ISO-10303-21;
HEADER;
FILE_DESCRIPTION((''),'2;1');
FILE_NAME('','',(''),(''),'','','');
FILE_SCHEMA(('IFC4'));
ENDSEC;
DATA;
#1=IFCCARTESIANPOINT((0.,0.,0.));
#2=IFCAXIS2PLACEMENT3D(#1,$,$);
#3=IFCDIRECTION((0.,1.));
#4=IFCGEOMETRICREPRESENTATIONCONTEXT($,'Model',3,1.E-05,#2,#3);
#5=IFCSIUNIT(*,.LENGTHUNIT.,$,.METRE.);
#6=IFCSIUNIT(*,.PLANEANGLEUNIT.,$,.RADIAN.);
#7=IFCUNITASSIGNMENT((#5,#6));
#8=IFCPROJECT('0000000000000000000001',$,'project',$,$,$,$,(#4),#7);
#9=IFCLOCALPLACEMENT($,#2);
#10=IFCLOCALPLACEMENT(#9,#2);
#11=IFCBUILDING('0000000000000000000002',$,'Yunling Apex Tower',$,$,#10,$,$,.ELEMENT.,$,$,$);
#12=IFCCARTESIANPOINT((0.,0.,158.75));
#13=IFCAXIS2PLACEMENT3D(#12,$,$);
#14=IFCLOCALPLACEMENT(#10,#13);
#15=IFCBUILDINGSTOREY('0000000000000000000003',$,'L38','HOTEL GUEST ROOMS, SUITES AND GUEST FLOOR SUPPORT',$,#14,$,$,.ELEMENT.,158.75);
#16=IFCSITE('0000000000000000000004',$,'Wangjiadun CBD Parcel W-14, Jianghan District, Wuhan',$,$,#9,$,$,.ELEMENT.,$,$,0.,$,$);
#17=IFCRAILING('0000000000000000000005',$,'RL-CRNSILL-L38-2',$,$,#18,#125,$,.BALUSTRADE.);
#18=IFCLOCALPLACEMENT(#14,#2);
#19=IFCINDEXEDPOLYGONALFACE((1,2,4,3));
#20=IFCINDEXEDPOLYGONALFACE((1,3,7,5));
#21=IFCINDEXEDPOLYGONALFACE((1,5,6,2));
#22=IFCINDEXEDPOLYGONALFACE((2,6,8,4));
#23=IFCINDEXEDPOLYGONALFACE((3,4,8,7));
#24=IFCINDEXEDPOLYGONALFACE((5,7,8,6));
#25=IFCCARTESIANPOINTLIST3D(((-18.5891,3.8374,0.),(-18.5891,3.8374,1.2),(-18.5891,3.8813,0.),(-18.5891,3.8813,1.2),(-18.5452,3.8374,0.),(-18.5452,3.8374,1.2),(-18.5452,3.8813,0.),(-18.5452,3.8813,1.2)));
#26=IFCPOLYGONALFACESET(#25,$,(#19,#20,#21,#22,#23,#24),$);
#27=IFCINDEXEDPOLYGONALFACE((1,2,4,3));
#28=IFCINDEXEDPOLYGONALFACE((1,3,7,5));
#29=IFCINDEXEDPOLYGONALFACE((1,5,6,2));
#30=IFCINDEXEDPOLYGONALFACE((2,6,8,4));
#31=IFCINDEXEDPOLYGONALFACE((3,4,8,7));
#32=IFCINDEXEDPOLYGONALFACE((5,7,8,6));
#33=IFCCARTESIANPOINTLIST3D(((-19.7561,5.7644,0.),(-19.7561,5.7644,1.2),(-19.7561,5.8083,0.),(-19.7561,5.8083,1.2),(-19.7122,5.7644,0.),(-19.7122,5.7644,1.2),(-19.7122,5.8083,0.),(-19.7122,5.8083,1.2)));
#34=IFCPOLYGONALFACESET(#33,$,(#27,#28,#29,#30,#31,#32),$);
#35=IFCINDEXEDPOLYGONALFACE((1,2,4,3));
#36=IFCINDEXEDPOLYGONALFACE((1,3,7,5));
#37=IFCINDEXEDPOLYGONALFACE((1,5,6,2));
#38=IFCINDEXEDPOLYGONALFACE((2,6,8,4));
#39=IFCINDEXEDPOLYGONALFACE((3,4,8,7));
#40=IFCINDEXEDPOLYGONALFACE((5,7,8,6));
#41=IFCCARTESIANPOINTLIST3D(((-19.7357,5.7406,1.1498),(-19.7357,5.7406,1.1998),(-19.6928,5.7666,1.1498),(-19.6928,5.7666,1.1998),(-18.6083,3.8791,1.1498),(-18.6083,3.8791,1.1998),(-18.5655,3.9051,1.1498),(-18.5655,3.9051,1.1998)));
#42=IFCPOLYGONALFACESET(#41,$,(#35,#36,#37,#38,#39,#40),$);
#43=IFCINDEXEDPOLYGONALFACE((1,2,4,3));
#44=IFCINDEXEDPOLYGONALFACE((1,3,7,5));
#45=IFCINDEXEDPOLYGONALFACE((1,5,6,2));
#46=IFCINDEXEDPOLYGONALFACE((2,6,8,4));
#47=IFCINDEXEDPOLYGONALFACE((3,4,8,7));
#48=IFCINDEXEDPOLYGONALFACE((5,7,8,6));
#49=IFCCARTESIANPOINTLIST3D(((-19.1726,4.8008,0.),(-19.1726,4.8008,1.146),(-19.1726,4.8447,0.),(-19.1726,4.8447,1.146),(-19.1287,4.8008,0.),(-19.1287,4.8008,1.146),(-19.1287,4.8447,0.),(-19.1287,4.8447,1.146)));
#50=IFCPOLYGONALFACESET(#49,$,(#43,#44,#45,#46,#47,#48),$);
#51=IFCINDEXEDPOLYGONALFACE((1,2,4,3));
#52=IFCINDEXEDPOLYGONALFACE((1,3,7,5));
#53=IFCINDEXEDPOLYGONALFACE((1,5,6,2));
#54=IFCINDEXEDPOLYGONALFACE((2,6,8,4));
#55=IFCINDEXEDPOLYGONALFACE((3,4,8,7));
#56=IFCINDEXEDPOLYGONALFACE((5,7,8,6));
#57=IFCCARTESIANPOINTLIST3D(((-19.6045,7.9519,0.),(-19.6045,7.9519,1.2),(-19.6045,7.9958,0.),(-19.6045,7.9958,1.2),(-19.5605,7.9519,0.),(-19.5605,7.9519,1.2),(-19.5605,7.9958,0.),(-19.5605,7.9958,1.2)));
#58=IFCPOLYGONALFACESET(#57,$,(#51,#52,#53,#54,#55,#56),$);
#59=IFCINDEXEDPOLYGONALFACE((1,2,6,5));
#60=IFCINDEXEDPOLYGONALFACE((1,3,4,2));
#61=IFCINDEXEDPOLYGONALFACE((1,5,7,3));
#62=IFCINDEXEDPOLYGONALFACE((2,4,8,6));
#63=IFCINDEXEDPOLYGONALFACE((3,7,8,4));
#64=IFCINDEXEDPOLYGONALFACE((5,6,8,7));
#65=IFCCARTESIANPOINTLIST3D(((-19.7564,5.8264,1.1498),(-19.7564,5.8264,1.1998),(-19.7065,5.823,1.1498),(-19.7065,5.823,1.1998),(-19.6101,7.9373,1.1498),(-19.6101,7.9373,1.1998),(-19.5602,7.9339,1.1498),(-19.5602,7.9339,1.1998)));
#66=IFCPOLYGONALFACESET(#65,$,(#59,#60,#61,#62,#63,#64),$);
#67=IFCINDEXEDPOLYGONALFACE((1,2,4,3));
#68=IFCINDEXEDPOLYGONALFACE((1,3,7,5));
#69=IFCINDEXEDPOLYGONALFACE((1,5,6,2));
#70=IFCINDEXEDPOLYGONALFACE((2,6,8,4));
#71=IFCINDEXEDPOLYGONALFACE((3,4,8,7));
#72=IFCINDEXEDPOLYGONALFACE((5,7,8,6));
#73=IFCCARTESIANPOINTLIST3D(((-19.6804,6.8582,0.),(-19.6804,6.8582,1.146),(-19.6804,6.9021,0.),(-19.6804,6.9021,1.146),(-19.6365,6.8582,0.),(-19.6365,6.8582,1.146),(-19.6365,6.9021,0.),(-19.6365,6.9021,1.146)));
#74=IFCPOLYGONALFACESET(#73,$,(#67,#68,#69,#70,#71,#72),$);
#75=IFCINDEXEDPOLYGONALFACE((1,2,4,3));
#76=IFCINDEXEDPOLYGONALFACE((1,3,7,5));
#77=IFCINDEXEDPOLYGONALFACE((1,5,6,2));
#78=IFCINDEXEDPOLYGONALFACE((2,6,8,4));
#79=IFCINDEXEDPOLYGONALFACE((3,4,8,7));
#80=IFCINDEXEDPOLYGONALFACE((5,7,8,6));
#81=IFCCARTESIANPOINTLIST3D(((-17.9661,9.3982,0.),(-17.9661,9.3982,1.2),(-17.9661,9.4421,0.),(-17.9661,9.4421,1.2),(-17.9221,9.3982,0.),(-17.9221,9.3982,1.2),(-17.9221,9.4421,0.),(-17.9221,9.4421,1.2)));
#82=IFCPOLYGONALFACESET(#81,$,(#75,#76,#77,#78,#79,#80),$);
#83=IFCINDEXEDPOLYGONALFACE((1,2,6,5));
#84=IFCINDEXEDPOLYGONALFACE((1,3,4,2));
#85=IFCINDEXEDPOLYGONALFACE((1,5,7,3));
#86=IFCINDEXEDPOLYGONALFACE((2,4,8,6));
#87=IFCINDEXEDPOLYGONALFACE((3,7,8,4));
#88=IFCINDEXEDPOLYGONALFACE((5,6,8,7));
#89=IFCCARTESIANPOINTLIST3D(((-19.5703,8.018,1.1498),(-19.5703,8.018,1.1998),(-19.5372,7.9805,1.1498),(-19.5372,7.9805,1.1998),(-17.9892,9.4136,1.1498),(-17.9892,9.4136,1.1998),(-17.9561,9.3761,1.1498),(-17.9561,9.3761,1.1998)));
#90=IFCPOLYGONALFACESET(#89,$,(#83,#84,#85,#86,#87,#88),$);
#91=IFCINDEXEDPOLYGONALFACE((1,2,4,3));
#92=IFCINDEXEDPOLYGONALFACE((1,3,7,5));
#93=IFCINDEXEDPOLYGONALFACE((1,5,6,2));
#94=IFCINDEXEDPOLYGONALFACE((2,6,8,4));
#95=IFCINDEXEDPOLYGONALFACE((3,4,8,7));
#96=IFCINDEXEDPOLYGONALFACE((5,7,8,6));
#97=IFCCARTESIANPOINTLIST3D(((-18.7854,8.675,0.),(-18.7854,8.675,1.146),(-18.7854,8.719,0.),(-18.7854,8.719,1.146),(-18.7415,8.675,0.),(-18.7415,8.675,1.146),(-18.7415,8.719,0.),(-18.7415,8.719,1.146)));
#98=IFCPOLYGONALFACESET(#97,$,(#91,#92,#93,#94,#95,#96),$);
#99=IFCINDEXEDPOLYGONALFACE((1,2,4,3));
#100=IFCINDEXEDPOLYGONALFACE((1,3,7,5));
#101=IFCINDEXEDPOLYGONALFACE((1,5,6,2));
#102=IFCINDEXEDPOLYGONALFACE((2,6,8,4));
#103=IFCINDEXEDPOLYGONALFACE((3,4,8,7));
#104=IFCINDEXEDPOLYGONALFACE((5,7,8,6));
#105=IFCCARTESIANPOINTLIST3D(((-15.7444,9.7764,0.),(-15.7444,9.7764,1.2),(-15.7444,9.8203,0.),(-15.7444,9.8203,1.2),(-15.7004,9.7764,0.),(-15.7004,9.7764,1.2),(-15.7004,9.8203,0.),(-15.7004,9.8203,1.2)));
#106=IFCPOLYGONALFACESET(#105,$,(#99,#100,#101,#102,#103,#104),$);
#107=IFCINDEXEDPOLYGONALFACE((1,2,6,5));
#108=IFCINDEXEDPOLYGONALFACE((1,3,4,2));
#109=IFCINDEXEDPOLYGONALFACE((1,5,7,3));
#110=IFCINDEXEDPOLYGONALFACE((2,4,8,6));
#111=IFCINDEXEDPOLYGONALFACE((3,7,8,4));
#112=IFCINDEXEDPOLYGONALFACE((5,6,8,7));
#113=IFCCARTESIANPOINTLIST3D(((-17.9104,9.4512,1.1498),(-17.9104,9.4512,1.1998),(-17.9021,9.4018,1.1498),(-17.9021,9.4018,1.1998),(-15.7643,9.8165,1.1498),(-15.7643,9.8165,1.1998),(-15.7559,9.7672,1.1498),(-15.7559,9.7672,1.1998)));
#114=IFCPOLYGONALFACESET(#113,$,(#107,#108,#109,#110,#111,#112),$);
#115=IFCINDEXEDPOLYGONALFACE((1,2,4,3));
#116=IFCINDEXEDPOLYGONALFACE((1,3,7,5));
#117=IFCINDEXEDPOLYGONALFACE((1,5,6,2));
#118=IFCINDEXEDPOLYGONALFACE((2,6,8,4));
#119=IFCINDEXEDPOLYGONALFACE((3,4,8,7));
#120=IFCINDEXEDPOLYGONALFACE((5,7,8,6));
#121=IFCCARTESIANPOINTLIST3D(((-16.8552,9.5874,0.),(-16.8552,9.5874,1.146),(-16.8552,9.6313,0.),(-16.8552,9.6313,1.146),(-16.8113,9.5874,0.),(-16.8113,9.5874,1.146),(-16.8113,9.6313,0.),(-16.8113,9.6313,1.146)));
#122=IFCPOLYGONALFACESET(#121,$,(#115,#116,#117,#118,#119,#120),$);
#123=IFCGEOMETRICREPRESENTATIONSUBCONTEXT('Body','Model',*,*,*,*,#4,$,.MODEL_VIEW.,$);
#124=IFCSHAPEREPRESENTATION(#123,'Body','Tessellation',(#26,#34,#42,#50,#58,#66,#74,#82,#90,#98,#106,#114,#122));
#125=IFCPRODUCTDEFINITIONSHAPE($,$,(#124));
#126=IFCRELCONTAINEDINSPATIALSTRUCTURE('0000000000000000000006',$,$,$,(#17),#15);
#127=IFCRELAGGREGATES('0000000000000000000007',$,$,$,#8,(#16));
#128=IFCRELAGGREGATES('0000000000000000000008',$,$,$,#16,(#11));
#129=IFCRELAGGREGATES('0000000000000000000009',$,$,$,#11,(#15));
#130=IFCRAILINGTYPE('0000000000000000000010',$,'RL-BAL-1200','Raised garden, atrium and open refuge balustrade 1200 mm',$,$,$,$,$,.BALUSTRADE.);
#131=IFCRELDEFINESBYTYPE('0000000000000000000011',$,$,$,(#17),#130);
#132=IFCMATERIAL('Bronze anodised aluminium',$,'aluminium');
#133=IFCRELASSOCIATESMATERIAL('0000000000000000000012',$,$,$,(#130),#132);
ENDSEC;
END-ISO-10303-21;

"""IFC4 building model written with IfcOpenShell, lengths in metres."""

from ifc_helpers import new_model, si_unit, direction, frame, origin, origin_2d, place, context, subcontext, project, spatial, rectangle, extrude, material, type_object, element, save


model = new_model("IFC4")

# Units and contexts
model_context = context("Model", 3, precision=1e-05, world=origin(), true_north=direction((0.0, 1.0)))
body_context = subcontext(model_context, "Body", "Model", "MODEL_VIEW")
ifc_project = project(units=[si_unit("LENGTHUNIT", "METRE"), si_unit("PLANEANGLEUNIT", "RADIAN")], contexts=[model_context])

# Site, building, storey
site_placement = place(None, origin())
site = spatial("IfcSite", under=ifc_project, at=site_placement, Name="Wangjiadun CBD Parcel W-14, Jianghan District, Wuhan", CompositionType="ELEMENT", RefElevation=0.0)
building_placement = place(site_placement, origin())
building = spatial("IfcBuilding", under=site, at=building_placement, Name="Yunling Apex Tower", CompositionType="ELEMENT")
storey_placement = place(building_placement, frame((0.0, 0.0, 158.75)))
storey = spatial("IfcBuildingStorey", under=building, at=storey_placement, Name="L38", Description="HOTEL GUEST ROOMS, SUITES AND GUEST FLOOR SUPPORT", CompositionType="ELEMENT", Elevation=158.75)

# Shared definitions
ifc_material_1 = material(Name="Bronze anodised aluminium", Category="aluminium")

# Railing
railing_type = type_object("IfcRailingType", Name="RL-BAL-1200", Description="Raised garden, atrium and open refuge balustrade 1200 mm", PredefinedType="BALUSTRADE", material=ifc_material_1)
railing_placement = place(storey_placement, frame((-18.5671, 3.8594, 0.0)))
element("IfcRailing", 1, at=railing_placement, inside=storey, type_object=railing_type, Name="RL-CRNSILL-L38-2", PredefinedType="BALUSTRADE", context=body_context, shape_type="SweptSolid", body=[
    extrude(rectangle(XDim=0.0439, YDim=0.0439, at=origin_2d()), origin(), (0.0, 0.0, 1.0), 1.2),
    extrude(rectangle(XDim=0.0439, YDim=0.0439, at=origin_2d()), frame((-1.167, 1.927, 0.0)), (0.0, 0.0, 1.0), 1.2),
    extrude(rectangle(XDim=0.05, YDim=0.05, at=origin_2d()), frame((-0.0198, 0.0327, 1.1748), z_axis=(-0.518013, 0.855372, 0.0), x_axis=(-0.855372, -0.518013, 0.0)), (0.0, 0.0, 1.0), 2.1763),
    extrude(rectangle(XDim=0.0439, YDim=0.0439, at=origin_2d()), frame((-0.5835, 0.9634, 0.0)), (0.0, 0.0, 1.0), 1.146),
    extrude(rectangle(XDim=0.0439, YDim=0.0439, at=origin_2d()), frame((-1.0154, 4.1145, 0.0)), (0.0, 0.0, 1.0), 1.2),
    extrude(rectangle(XDim=0.05, YDim=0.05, at=origin_2d()), frame((-1.1643, 1.9653, 1.1748), z_axis=(0.069142, 0.997607, 0.0), x_axis=(-0.997607, 0.069142, 0.0)), (0.0, 0.0, 1.0), 2.116),
    extrude(rectangle(XDim=0.0439, YDim=0.0439, at=origin_2d()), frame((-1.0913, 3.0208, 0.0)), (0.0, 0.0, 1.0), 1.146),
    extrude(rectangle(XDim=0.0439, YDim=0.0439, at=origin_2d()), frame((0.623, 5.5608, 0.0)), (0.0, 0.0, 1.0), 1.2),
    extrude(rectangle(XDim=0.05, YDim=0.05, at=origin_2d()), frame((-0.9866, 4.1399, 1.1748), z_axis=(0.749698, 0.66178, 0.0), x_axis=(-0.66178, 0.749698, 0.0)), (0.0, 0.0, 1.0), 2.1089),
    extrude(rectangle(XDim=0.0439, YDim=0.0439, at=origin_2d()), frame((-0.1963, 4.8376, 0.0)), (0.0, 0.0, 1.0), 1.146),
    extrude(rectangle(XDim=0.0439, YDim=0.0439, at=origin_2d()), frame((2.8447, 5.939, 0.0)), (0.0, 0.0, 1.0), 1.2),
    extrude(rectangle(XDim=0.05, YDim=0.05, at=origin_2d()), frame((0.6609, 5.5671, 1.1748), z_axis=(0.98582, 0.167806, 0.0), x_axis=(-0.167806, 0.98582, 0.0)), (0.0, 0.0, 1.0), 2.177),
    extrude(rectangle(XDim=0.0439, YDim=0.0439, at=origin_2d()), frame((1.7339, 5.75, 0.0)), (0.0, 0.0, 1.0), 1.146),
])

save(model, "model.ifc")
